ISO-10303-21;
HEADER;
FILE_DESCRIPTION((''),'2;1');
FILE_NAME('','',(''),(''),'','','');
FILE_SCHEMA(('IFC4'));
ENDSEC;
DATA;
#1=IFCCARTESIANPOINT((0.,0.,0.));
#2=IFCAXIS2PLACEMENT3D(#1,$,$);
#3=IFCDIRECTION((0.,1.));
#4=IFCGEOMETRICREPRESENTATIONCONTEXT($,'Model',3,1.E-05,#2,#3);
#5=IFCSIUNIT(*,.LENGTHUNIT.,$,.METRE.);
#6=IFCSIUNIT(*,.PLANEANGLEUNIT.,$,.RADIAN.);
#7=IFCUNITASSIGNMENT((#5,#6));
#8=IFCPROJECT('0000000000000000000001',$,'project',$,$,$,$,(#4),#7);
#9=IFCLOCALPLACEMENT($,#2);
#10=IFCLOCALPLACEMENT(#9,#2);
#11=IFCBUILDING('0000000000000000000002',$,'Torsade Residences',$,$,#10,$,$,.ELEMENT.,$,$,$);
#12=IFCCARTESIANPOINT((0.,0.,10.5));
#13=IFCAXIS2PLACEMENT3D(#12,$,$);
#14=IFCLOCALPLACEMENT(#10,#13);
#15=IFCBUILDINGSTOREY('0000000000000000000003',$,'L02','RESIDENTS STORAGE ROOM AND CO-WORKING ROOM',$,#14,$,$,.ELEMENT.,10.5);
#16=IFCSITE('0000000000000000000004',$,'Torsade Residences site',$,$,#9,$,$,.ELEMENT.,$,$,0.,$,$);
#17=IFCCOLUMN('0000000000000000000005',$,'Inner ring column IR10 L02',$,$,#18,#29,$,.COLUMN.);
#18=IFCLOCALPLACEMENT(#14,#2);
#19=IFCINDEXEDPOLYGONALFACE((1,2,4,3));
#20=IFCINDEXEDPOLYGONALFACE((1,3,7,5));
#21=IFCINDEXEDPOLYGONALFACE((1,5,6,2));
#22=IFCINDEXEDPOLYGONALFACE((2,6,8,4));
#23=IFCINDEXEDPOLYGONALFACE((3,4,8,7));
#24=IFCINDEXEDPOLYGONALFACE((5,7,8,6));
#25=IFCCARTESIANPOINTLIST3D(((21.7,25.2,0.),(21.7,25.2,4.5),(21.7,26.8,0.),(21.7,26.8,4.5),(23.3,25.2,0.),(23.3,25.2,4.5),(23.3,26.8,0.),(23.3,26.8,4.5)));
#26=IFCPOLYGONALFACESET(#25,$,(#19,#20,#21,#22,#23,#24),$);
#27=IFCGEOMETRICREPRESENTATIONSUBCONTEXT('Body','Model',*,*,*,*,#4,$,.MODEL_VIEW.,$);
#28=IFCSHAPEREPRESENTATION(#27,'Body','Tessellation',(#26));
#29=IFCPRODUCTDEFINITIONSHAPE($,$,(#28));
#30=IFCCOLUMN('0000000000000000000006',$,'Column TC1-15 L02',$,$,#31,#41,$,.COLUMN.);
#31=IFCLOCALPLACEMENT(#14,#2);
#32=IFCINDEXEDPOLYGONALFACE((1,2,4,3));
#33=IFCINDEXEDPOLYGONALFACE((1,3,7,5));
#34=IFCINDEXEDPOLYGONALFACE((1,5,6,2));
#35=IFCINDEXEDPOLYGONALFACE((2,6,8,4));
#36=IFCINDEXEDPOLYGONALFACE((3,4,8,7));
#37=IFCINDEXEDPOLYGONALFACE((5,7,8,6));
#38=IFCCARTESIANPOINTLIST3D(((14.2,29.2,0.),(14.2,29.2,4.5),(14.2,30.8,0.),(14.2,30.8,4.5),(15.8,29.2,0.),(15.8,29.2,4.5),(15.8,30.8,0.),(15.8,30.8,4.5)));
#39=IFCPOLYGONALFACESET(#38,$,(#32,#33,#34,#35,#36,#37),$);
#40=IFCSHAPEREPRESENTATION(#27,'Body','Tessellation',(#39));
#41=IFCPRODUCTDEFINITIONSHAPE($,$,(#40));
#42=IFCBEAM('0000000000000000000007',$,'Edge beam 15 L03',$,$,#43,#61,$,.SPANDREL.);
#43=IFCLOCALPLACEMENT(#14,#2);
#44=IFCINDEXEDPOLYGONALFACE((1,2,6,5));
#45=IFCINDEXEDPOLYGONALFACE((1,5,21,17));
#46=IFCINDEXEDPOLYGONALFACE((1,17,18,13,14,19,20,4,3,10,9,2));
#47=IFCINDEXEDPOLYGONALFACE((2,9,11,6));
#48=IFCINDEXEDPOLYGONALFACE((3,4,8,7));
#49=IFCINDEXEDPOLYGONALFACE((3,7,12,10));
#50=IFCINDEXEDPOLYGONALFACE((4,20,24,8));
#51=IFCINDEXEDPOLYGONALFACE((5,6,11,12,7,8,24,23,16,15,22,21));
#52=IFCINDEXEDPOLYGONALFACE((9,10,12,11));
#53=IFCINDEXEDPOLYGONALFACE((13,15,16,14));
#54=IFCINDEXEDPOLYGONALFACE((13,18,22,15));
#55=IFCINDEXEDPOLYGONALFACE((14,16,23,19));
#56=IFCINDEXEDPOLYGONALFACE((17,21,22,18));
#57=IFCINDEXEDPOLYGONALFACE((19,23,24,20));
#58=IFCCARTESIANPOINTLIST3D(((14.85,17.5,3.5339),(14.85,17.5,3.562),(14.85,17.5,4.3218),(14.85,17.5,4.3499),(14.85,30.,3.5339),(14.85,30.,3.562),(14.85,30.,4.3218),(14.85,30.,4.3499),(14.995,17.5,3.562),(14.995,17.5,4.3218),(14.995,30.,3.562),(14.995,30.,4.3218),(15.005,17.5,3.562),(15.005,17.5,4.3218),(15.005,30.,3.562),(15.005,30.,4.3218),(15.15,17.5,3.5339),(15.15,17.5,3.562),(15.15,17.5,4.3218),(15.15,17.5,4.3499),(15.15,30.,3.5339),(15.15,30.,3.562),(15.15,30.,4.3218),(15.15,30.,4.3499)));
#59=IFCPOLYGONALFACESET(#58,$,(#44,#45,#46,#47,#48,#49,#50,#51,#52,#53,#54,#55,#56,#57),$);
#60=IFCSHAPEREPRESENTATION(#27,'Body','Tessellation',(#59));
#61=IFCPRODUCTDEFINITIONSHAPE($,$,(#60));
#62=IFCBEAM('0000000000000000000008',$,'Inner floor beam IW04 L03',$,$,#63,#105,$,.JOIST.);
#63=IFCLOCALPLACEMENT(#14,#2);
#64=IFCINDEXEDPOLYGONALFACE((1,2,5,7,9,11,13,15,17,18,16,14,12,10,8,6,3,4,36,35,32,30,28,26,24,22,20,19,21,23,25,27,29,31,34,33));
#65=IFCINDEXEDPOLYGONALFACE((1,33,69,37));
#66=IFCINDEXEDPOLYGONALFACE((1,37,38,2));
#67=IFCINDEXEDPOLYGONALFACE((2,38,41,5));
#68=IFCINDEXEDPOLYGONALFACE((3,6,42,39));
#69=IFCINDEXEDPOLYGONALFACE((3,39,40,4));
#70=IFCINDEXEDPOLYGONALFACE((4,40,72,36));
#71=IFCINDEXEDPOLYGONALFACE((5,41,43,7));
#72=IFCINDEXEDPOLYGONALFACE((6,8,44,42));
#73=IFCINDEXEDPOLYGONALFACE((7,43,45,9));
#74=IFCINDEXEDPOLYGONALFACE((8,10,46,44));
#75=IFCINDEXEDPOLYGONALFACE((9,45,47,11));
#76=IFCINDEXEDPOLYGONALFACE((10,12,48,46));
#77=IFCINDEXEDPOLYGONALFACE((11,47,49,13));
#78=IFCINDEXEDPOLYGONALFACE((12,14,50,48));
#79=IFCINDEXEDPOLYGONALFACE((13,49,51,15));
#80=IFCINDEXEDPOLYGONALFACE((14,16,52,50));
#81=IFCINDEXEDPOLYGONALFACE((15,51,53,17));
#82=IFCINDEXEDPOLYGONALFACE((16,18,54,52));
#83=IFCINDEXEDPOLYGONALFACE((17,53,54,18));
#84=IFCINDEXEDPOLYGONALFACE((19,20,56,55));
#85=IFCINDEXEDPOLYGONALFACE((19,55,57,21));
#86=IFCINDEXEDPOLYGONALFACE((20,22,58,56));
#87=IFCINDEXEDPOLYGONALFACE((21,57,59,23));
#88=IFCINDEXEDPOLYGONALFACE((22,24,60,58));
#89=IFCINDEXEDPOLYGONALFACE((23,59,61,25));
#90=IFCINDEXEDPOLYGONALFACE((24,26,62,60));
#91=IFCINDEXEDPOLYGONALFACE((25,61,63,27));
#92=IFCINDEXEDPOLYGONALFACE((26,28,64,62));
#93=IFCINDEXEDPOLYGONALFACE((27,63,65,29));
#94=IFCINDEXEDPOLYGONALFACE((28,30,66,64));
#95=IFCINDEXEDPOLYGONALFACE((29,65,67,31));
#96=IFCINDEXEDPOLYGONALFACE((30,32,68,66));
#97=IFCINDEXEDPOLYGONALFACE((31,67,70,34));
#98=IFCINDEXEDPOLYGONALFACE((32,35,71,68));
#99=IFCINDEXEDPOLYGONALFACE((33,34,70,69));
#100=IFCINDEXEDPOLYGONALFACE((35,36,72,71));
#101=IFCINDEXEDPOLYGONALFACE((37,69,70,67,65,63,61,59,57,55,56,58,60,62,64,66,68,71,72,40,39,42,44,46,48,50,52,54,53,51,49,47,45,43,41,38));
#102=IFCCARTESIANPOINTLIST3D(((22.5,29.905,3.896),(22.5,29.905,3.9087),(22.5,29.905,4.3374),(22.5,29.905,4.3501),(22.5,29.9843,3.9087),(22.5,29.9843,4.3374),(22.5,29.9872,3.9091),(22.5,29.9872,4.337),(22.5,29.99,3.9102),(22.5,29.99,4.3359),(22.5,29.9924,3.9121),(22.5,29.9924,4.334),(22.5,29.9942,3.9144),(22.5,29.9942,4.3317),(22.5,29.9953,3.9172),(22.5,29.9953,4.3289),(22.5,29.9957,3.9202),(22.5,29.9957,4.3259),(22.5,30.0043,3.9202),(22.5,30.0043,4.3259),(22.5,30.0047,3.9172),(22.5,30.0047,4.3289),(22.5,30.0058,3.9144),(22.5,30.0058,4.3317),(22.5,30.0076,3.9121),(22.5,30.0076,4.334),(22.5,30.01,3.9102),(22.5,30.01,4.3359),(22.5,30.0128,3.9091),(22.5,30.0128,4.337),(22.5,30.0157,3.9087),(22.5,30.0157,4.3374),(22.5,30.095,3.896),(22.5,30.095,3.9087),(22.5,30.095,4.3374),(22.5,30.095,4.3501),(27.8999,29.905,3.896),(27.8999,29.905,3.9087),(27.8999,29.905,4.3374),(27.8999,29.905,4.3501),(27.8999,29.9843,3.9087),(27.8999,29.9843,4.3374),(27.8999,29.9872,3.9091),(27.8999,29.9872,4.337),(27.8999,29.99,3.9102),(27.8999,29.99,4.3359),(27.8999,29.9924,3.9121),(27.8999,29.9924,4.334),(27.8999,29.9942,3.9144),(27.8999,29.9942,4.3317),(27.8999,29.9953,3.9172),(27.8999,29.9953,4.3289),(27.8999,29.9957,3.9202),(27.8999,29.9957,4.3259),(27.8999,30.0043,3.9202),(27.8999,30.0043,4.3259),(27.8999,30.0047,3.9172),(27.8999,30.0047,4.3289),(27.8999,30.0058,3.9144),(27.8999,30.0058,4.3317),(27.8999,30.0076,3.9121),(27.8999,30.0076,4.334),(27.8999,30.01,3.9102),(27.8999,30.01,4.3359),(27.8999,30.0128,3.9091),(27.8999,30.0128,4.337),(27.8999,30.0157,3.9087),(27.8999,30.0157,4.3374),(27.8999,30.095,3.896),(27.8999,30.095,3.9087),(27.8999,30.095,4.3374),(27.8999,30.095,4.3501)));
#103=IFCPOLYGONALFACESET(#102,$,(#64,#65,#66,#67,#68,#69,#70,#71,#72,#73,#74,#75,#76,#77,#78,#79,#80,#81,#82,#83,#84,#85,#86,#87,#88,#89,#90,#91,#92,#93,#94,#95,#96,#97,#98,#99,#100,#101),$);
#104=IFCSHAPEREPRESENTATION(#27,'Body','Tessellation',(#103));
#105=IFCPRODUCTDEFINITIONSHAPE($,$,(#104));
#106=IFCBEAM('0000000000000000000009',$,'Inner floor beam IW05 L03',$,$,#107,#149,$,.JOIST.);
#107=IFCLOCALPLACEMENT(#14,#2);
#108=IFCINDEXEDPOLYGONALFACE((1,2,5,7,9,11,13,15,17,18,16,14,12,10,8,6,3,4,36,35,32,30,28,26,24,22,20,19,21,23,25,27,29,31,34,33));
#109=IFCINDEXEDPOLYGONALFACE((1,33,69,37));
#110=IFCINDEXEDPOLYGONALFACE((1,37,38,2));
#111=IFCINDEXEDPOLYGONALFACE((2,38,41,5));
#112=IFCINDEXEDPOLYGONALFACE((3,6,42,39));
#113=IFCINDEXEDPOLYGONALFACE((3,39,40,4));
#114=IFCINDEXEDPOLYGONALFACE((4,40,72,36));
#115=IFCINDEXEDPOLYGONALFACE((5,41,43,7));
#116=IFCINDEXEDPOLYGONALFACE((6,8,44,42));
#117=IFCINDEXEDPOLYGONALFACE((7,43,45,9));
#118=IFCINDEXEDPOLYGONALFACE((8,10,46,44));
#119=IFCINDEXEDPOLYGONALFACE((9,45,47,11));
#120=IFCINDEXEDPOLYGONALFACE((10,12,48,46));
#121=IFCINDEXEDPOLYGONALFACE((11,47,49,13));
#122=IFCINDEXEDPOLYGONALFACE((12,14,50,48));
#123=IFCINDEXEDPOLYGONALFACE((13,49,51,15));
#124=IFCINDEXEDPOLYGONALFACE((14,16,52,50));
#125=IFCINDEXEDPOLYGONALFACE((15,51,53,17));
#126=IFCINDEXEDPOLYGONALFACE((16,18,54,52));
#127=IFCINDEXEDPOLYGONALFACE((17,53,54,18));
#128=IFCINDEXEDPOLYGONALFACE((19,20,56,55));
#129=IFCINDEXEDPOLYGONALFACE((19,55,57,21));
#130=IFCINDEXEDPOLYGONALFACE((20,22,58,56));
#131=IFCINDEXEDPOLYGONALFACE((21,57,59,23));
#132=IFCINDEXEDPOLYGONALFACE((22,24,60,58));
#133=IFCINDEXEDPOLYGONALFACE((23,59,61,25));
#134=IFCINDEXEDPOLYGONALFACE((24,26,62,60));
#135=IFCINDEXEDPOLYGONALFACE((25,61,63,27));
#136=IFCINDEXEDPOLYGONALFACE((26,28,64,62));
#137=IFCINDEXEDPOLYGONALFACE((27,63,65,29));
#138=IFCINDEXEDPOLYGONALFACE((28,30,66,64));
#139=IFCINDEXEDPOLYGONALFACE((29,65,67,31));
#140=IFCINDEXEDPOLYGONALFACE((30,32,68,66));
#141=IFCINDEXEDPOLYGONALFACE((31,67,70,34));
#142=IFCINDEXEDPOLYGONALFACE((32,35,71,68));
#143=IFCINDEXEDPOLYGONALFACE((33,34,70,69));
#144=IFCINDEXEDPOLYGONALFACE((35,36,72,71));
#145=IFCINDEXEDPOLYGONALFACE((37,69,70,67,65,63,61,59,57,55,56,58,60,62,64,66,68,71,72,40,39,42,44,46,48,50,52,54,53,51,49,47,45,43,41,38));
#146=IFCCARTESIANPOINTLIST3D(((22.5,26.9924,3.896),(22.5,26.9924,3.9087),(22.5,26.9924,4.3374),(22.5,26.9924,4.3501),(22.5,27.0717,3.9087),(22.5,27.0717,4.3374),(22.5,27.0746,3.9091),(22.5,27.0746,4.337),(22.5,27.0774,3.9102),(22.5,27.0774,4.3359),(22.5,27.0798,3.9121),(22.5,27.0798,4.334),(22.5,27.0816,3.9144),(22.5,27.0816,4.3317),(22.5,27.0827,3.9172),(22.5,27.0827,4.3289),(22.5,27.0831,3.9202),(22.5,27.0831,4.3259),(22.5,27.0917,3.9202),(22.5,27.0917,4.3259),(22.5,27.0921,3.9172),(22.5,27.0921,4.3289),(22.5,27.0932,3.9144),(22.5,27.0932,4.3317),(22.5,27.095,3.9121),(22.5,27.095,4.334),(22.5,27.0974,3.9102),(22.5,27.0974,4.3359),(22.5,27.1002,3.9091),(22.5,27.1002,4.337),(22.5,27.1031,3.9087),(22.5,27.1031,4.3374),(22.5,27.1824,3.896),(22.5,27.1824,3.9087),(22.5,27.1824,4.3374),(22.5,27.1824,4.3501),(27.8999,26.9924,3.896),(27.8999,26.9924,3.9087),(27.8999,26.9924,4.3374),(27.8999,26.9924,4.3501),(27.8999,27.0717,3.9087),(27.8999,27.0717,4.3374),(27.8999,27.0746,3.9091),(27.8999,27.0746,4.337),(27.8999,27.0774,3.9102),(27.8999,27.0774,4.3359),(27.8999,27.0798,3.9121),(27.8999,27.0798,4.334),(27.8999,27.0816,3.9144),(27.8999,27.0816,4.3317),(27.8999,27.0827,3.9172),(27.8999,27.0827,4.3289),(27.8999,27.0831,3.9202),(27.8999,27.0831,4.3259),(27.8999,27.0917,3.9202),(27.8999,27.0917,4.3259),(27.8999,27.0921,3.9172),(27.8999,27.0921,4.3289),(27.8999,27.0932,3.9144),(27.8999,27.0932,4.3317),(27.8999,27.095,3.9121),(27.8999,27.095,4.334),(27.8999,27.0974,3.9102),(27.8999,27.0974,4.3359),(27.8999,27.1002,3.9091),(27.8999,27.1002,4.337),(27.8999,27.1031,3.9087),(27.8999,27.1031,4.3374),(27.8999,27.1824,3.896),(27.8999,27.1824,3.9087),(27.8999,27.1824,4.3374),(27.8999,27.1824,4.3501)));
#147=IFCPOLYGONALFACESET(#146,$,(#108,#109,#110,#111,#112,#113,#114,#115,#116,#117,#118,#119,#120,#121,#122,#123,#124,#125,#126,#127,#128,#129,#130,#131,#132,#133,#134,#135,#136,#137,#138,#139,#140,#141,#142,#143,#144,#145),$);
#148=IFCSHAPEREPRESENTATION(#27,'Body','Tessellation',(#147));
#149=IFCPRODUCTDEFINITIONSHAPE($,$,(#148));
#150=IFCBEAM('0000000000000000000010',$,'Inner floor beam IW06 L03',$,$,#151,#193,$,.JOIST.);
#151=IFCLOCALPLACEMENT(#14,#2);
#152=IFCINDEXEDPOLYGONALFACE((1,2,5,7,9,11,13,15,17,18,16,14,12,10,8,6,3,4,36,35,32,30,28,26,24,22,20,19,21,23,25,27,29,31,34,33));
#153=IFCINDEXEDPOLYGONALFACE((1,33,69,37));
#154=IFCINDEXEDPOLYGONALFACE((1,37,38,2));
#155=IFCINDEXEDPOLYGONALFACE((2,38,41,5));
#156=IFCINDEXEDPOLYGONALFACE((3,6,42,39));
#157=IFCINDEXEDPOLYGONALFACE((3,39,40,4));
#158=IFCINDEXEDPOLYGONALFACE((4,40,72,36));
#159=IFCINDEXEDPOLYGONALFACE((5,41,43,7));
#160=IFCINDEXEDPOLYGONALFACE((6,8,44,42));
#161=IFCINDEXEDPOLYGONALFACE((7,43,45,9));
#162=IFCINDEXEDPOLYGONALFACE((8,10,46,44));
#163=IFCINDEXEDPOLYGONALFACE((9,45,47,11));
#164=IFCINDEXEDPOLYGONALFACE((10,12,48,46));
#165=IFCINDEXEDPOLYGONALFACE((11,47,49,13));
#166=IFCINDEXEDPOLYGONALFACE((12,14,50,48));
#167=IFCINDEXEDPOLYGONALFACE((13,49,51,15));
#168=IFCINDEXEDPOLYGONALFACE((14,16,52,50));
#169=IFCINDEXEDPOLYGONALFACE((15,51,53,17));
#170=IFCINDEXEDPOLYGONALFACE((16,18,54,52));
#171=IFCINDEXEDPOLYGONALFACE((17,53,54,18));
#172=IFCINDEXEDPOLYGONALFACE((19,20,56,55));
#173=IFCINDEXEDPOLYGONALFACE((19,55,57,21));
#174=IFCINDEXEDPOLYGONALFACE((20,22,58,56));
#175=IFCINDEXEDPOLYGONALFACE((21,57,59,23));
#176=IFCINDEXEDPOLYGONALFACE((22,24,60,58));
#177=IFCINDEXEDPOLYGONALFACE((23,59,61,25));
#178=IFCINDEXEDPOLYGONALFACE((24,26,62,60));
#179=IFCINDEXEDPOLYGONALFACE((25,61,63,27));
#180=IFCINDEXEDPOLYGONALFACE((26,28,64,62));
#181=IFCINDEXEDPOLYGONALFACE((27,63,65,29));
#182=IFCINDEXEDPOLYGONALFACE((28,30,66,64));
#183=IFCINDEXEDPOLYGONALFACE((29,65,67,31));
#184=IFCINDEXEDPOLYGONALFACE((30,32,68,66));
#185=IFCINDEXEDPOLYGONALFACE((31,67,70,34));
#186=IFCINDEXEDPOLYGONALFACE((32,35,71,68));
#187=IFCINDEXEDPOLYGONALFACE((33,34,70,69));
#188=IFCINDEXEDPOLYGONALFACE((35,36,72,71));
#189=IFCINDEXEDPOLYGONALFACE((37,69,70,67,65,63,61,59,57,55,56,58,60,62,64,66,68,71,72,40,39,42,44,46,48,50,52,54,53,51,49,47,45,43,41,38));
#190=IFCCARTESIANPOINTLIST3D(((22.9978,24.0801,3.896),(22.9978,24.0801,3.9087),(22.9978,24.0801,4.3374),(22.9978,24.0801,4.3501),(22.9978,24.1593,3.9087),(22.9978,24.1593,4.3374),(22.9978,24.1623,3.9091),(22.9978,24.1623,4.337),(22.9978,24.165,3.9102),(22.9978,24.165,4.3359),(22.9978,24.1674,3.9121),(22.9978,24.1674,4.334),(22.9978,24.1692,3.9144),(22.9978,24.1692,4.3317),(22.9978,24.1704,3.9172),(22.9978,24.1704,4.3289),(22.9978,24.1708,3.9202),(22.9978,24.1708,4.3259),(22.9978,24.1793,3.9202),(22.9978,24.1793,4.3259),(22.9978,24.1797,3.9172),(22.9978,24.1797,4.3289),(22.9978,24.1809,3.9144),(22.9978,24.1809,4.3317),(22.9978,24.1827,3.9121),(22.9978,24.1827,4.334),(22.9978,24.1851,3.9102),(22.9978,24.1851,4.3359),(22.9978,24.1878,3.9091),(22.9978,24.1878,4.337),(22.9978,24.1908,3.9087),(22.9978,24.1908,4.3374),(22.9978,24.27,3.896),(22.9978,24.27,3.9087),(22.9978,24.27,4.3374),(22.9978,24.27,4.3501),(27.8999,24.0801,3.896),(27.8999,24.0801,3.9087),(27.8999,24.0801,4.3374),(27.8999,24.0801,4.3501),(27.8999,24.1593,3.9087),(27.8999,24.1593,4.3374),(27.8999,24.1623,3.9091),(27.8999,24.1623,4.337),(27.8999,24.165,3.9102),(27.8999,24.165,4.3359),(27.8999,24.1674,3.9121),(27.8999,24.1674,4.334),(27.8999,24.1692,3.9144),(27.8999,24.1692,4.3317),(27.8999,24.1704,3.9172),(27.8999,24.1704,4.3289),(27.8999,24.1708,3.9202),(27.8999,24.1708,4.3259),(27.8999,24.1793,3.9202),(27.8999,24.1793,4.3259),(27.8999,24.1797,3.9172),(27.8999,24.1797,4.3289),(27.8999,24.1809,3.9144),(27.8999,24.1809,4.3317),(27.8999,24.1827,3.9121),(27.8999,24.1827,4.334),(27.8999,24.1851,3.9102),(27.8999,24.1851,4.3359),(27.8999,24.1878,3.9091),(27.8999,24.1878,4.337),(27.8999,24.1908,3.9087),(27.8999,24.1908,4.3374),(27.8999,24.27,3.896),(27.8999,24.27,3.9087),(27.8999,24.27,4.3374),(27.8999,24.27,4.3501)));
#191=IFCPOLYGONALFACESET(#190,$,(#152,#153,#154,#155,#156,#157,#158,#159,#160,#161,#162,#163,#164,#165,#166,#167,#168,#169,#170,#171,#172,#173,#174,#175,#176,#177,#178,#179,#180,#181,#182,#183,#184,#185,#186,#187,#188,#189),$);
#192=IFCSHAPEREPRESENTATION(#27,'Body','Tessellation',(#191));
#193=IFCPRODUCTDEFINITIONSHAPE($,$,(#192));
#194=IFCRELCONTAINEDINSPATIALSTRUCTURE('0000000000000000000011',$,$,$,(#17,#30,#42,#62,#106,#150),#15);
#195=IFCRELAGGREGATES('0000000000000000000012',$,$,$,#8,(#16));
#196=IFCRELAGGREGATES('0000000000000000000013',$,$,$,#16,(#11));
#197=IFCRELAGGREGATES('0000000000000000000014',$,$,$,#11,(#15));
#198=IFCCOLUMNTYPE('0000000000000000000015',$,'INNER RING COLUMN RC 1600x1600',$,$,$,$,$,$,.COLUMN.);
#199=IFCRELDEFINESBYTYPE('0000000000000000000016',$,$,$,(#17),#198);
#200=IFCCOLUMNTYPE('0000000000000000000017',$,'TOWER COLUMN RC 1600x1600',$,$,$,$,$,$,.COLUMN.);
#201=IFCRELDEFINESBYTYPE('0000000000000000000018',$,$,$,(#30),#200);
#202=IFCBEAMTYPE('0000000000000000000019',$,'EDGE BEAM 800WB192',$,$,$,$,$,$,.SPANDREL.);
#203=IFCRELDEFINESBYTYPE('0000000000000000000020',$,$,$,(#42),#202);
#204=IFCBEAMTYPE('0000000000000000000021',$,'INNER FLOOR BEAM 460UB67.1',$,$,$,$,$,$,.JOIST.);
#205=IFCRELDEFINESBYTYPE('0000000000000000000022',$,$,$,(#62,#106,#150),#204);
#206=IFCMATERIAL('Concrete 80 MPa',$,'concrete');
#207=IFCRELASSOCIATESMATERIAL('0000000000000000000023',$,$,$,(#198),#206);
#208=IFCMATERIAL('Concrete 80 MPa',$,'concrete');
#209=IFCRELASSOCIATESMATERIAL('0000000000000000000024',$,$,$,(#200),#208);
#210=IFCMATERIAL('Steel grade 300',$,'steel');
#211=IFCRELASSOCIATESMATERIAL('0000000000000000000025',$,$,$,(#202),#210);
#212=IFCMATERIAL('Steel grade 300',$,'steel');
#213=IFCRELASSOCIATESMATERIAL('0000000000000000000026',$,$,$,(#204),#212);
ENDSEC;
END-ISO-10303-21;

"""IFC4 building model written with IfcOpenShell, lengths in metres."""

from ifc_helpers import new_model, si_unit, direction, frame, origin, origin_2d, place, context, subcontext, project, spatial, rectangle, i_section, extrude, material, material_profile, profile_set, type_object, element, save


model = new_model("IFC4")

# Units and contexts
model_context = context("Model", 3, precision=1e-05, world=origin(), true_north=direction((0.0, 1.0)))
body_context = subcontext(model_context, "Body", "Model", "MODEL_VIEW")
ifc_project = project(units=[si_unit("LENGTHUNIT", "METRE"), si_unit("PLANEANGLEUNIT", "RADIAN")], contexts=[model_context])

# Site, building, storey
site_placement = place(None, origin())
site = spatial("IfcSite", under=ifc_project, at=site_placement, Name="Torsade Residences site", CompositionType="ELEMENT", RefElevation=0.0)
building_placement = place(site_placement, origin())
building = spatial("IfcBuilding", under=site, at=building_placement, Name="Torsade Residences", CompositionType="ELEMENT")
storey_placement = place(building_placement, frame((0.0, 0.0, 10.5)))
storey = spatial("IfcBuildingStorey", under=building, at=storey_placement, Name="L02", Description="RESIDENTS STORAGE ROOM AND CO-WORKING ROOM", CompositionType="ELEMENT", Elevation=10.5)

# Columns
ifc_material_1 = material(Name="Concrete 80 MPa", Category="concrete")
ifc_material_profile_1 = material_profile(ifc_material_1, rectangle(XDim=1.6001, YDim=1.6001, at=origin_2d()), Name="RC 1600x1600")
ifc_profile_set_1 = profile_set([ifc_material_profile_1], Name="Concrete 80 MPa")
column_type_1 = type_object("IfcColumnType", Name="INNER RING COLUMN RC 1600x1600", PredefinedType="COLUMN", material=ifc_profile_set_1)
column_1_placement = place(storey_placement, frame((22.5, 26.0, 0.0), z_axis=(0.0, 0.0, 1.0), x_axis=(1.0, 0.0, 0.0)))
element("IfcColumn", 1, at=column_1_placement, inside=storey, type_object=column_type_1, Name="Inner ring column IR10 L02", PredefinedType="COLUMN", context=body_context, shape_type="SweptSolid", body=[
    extrude(rectangle(XDim=1.6001, YDim=1.6001, at=origin_2d()), origin(), (0.0, 0.0, 1.0), 4.5),
])
ifc_material_2 = material(Name="Concrete 80 MPa", Category="concrete")
ifc_material_profile_2 = material_profile(ifc_material_2, rectangle(XDim=1.6001, YDim=1.6001, at=origin_2d()), Name="RC 1600x1600")
ifc_profile_set_2 = profile_set([ifc_material_profile_2], Name="Concrete 80 MPa")
column_type_2 = type_object("IfcColumnType", Name="TOWER COLUMN RC 1600x1600", PredefinedType="COLUMN", material=ifc_profile_set_2)
column_2_placement = place(storey_placement, frame((15.0, 30.0, 0.0), z_axis=(0.0, 0.0, 1.0), x_axis=(1.0, 0.0, 0.0)))
element("IfcColumn", 2, at=column_2_placement, inside=storey, type_object=column_type_2, Name="Column TC1-15 L02", PredefinedType="COLUMN", context=body_context, shape_type="SweptSolid", body=[
    extrude(rectangle(XDim=1.6001, YDim=1.6001, at=origin_2d()), origin(), (0.0, 0.0, 1.0), 4.5),
])

# Beams
ifc_material_3 = material(Name="Steel grade 300", Category="steel")
ifc_material_profile_3 = material_profile(ifc_material_3, i_section(OverallWidth=0.3, OverallDepth=0.8159, WebThickness=0.01, FlangeThickness=0.0281, at=origin_2d()), Name="800WB192")
ifc_profile_set_3 = profile_set([ifc_material_profile_3], Name="Steel grade 300")
beam_type_1 = type_object("IfcBeamType", Name="EDGE BEAM 800WB192", PredefinedType="SPANDREL", material=ifc_profile_set_3)
beam_1_placement = place(storey_placement, frame((15.0, 30.0, 3.9419), z_axis=(0.0, -1.0, 0.0), x_axis=(1.0, 0.0, 0.0)))
element("IfcBeam", 3, at=beam_1_placement, inside=storey, type_object=beam_type_1, Name="Edge beam 15 L03", PredefinedType="SPANDREL", context=body_context, shape_type="SweptSolid", body=[
    extrude(i_section(OverallWidth=0.3, OverallDepth=0.8159, WebThickness=0.01, FlangeThickness=0.0281, at=origin_2d()), origin(), (0.0, 0.0, 1.0), 12.5),
])
ifc_material_4 = material(Name="Steel grade 300", Category="steel")
ifc_material_profile_4 = material_profile(ifc_material_4, i_section(OverallWidth=0.1899, OverallDepth=0.4541, WebThickness=0.0085, FlangeThickness=0.0127, FilletRadius=0.0115, at=origin_2d()), Name="460UB67.1")
ifc_profile_set_4 = profile_set([ifc_material_profile_4], Name="Steel grade 300")
beam_type_2 = type_object("IfcBeamType", Name="INNER FLOOR BEAM 460UB67.1", PredefinedType="JOIST", material=ifc_profile_set_4)
for number, where, z_axis, x_axis, name in (
    (4, (27.8999, 30.0, 4.123), (-1.0, 0.0, 0.0), (0.0, -1.0, 0.0), "Inner floor beam IW04 L03"),
    (5, (27.8999, 27.0874, 4.123), (-1.0, 0.0, 0.0), (0.0, -1.0, 0.0), "Inner floor beam IW05 L03"),
):
    element("IfcBeam", number, at=place(storey_placement, frame(where, z_axis=z_axis, x_axis=x_axis)), inside=storey, type_object=beam_type_2, Name=name, PredefinedType="JOIST", context=body_context, shape_type="SweptSolid", body=[
        extrude(i_section(OverallWidth=0.1899, OverallDepth=0.4541, WebThickness=0.0085, FlangeThickness=0.0127, FilletRadius=0.0115, at=origin_2d()), origin(), (0.0, 0.0, 1.0), 5.3999),
    ])
beam_2_placement = place(storey_placement, frame((27.8999, 24.175, 4.123), z_axis=(-1.0, 0.0, 0.0), x_axis=(0.0, -1.0, 0.0)))
element("IfcBeam", 6, at=beam_2_placement, inside=storey, type_object=beam_type_2, Name="Inner floor beam IW06 L03", PredefinedType="JOIST", context=body_context, shape_type="SweptSolid", body=[
    extrude(i_section(OverallWidth=0.1899, OverallDepth=0.4541, WebThickness=0.0085, FlangeThickness=0.0127, FilletRadius=0.0115, at=origin_2d()), origin(), (0.0, 0.0, 1.0), 4.9021),
])

save(model, "model.ifc")
